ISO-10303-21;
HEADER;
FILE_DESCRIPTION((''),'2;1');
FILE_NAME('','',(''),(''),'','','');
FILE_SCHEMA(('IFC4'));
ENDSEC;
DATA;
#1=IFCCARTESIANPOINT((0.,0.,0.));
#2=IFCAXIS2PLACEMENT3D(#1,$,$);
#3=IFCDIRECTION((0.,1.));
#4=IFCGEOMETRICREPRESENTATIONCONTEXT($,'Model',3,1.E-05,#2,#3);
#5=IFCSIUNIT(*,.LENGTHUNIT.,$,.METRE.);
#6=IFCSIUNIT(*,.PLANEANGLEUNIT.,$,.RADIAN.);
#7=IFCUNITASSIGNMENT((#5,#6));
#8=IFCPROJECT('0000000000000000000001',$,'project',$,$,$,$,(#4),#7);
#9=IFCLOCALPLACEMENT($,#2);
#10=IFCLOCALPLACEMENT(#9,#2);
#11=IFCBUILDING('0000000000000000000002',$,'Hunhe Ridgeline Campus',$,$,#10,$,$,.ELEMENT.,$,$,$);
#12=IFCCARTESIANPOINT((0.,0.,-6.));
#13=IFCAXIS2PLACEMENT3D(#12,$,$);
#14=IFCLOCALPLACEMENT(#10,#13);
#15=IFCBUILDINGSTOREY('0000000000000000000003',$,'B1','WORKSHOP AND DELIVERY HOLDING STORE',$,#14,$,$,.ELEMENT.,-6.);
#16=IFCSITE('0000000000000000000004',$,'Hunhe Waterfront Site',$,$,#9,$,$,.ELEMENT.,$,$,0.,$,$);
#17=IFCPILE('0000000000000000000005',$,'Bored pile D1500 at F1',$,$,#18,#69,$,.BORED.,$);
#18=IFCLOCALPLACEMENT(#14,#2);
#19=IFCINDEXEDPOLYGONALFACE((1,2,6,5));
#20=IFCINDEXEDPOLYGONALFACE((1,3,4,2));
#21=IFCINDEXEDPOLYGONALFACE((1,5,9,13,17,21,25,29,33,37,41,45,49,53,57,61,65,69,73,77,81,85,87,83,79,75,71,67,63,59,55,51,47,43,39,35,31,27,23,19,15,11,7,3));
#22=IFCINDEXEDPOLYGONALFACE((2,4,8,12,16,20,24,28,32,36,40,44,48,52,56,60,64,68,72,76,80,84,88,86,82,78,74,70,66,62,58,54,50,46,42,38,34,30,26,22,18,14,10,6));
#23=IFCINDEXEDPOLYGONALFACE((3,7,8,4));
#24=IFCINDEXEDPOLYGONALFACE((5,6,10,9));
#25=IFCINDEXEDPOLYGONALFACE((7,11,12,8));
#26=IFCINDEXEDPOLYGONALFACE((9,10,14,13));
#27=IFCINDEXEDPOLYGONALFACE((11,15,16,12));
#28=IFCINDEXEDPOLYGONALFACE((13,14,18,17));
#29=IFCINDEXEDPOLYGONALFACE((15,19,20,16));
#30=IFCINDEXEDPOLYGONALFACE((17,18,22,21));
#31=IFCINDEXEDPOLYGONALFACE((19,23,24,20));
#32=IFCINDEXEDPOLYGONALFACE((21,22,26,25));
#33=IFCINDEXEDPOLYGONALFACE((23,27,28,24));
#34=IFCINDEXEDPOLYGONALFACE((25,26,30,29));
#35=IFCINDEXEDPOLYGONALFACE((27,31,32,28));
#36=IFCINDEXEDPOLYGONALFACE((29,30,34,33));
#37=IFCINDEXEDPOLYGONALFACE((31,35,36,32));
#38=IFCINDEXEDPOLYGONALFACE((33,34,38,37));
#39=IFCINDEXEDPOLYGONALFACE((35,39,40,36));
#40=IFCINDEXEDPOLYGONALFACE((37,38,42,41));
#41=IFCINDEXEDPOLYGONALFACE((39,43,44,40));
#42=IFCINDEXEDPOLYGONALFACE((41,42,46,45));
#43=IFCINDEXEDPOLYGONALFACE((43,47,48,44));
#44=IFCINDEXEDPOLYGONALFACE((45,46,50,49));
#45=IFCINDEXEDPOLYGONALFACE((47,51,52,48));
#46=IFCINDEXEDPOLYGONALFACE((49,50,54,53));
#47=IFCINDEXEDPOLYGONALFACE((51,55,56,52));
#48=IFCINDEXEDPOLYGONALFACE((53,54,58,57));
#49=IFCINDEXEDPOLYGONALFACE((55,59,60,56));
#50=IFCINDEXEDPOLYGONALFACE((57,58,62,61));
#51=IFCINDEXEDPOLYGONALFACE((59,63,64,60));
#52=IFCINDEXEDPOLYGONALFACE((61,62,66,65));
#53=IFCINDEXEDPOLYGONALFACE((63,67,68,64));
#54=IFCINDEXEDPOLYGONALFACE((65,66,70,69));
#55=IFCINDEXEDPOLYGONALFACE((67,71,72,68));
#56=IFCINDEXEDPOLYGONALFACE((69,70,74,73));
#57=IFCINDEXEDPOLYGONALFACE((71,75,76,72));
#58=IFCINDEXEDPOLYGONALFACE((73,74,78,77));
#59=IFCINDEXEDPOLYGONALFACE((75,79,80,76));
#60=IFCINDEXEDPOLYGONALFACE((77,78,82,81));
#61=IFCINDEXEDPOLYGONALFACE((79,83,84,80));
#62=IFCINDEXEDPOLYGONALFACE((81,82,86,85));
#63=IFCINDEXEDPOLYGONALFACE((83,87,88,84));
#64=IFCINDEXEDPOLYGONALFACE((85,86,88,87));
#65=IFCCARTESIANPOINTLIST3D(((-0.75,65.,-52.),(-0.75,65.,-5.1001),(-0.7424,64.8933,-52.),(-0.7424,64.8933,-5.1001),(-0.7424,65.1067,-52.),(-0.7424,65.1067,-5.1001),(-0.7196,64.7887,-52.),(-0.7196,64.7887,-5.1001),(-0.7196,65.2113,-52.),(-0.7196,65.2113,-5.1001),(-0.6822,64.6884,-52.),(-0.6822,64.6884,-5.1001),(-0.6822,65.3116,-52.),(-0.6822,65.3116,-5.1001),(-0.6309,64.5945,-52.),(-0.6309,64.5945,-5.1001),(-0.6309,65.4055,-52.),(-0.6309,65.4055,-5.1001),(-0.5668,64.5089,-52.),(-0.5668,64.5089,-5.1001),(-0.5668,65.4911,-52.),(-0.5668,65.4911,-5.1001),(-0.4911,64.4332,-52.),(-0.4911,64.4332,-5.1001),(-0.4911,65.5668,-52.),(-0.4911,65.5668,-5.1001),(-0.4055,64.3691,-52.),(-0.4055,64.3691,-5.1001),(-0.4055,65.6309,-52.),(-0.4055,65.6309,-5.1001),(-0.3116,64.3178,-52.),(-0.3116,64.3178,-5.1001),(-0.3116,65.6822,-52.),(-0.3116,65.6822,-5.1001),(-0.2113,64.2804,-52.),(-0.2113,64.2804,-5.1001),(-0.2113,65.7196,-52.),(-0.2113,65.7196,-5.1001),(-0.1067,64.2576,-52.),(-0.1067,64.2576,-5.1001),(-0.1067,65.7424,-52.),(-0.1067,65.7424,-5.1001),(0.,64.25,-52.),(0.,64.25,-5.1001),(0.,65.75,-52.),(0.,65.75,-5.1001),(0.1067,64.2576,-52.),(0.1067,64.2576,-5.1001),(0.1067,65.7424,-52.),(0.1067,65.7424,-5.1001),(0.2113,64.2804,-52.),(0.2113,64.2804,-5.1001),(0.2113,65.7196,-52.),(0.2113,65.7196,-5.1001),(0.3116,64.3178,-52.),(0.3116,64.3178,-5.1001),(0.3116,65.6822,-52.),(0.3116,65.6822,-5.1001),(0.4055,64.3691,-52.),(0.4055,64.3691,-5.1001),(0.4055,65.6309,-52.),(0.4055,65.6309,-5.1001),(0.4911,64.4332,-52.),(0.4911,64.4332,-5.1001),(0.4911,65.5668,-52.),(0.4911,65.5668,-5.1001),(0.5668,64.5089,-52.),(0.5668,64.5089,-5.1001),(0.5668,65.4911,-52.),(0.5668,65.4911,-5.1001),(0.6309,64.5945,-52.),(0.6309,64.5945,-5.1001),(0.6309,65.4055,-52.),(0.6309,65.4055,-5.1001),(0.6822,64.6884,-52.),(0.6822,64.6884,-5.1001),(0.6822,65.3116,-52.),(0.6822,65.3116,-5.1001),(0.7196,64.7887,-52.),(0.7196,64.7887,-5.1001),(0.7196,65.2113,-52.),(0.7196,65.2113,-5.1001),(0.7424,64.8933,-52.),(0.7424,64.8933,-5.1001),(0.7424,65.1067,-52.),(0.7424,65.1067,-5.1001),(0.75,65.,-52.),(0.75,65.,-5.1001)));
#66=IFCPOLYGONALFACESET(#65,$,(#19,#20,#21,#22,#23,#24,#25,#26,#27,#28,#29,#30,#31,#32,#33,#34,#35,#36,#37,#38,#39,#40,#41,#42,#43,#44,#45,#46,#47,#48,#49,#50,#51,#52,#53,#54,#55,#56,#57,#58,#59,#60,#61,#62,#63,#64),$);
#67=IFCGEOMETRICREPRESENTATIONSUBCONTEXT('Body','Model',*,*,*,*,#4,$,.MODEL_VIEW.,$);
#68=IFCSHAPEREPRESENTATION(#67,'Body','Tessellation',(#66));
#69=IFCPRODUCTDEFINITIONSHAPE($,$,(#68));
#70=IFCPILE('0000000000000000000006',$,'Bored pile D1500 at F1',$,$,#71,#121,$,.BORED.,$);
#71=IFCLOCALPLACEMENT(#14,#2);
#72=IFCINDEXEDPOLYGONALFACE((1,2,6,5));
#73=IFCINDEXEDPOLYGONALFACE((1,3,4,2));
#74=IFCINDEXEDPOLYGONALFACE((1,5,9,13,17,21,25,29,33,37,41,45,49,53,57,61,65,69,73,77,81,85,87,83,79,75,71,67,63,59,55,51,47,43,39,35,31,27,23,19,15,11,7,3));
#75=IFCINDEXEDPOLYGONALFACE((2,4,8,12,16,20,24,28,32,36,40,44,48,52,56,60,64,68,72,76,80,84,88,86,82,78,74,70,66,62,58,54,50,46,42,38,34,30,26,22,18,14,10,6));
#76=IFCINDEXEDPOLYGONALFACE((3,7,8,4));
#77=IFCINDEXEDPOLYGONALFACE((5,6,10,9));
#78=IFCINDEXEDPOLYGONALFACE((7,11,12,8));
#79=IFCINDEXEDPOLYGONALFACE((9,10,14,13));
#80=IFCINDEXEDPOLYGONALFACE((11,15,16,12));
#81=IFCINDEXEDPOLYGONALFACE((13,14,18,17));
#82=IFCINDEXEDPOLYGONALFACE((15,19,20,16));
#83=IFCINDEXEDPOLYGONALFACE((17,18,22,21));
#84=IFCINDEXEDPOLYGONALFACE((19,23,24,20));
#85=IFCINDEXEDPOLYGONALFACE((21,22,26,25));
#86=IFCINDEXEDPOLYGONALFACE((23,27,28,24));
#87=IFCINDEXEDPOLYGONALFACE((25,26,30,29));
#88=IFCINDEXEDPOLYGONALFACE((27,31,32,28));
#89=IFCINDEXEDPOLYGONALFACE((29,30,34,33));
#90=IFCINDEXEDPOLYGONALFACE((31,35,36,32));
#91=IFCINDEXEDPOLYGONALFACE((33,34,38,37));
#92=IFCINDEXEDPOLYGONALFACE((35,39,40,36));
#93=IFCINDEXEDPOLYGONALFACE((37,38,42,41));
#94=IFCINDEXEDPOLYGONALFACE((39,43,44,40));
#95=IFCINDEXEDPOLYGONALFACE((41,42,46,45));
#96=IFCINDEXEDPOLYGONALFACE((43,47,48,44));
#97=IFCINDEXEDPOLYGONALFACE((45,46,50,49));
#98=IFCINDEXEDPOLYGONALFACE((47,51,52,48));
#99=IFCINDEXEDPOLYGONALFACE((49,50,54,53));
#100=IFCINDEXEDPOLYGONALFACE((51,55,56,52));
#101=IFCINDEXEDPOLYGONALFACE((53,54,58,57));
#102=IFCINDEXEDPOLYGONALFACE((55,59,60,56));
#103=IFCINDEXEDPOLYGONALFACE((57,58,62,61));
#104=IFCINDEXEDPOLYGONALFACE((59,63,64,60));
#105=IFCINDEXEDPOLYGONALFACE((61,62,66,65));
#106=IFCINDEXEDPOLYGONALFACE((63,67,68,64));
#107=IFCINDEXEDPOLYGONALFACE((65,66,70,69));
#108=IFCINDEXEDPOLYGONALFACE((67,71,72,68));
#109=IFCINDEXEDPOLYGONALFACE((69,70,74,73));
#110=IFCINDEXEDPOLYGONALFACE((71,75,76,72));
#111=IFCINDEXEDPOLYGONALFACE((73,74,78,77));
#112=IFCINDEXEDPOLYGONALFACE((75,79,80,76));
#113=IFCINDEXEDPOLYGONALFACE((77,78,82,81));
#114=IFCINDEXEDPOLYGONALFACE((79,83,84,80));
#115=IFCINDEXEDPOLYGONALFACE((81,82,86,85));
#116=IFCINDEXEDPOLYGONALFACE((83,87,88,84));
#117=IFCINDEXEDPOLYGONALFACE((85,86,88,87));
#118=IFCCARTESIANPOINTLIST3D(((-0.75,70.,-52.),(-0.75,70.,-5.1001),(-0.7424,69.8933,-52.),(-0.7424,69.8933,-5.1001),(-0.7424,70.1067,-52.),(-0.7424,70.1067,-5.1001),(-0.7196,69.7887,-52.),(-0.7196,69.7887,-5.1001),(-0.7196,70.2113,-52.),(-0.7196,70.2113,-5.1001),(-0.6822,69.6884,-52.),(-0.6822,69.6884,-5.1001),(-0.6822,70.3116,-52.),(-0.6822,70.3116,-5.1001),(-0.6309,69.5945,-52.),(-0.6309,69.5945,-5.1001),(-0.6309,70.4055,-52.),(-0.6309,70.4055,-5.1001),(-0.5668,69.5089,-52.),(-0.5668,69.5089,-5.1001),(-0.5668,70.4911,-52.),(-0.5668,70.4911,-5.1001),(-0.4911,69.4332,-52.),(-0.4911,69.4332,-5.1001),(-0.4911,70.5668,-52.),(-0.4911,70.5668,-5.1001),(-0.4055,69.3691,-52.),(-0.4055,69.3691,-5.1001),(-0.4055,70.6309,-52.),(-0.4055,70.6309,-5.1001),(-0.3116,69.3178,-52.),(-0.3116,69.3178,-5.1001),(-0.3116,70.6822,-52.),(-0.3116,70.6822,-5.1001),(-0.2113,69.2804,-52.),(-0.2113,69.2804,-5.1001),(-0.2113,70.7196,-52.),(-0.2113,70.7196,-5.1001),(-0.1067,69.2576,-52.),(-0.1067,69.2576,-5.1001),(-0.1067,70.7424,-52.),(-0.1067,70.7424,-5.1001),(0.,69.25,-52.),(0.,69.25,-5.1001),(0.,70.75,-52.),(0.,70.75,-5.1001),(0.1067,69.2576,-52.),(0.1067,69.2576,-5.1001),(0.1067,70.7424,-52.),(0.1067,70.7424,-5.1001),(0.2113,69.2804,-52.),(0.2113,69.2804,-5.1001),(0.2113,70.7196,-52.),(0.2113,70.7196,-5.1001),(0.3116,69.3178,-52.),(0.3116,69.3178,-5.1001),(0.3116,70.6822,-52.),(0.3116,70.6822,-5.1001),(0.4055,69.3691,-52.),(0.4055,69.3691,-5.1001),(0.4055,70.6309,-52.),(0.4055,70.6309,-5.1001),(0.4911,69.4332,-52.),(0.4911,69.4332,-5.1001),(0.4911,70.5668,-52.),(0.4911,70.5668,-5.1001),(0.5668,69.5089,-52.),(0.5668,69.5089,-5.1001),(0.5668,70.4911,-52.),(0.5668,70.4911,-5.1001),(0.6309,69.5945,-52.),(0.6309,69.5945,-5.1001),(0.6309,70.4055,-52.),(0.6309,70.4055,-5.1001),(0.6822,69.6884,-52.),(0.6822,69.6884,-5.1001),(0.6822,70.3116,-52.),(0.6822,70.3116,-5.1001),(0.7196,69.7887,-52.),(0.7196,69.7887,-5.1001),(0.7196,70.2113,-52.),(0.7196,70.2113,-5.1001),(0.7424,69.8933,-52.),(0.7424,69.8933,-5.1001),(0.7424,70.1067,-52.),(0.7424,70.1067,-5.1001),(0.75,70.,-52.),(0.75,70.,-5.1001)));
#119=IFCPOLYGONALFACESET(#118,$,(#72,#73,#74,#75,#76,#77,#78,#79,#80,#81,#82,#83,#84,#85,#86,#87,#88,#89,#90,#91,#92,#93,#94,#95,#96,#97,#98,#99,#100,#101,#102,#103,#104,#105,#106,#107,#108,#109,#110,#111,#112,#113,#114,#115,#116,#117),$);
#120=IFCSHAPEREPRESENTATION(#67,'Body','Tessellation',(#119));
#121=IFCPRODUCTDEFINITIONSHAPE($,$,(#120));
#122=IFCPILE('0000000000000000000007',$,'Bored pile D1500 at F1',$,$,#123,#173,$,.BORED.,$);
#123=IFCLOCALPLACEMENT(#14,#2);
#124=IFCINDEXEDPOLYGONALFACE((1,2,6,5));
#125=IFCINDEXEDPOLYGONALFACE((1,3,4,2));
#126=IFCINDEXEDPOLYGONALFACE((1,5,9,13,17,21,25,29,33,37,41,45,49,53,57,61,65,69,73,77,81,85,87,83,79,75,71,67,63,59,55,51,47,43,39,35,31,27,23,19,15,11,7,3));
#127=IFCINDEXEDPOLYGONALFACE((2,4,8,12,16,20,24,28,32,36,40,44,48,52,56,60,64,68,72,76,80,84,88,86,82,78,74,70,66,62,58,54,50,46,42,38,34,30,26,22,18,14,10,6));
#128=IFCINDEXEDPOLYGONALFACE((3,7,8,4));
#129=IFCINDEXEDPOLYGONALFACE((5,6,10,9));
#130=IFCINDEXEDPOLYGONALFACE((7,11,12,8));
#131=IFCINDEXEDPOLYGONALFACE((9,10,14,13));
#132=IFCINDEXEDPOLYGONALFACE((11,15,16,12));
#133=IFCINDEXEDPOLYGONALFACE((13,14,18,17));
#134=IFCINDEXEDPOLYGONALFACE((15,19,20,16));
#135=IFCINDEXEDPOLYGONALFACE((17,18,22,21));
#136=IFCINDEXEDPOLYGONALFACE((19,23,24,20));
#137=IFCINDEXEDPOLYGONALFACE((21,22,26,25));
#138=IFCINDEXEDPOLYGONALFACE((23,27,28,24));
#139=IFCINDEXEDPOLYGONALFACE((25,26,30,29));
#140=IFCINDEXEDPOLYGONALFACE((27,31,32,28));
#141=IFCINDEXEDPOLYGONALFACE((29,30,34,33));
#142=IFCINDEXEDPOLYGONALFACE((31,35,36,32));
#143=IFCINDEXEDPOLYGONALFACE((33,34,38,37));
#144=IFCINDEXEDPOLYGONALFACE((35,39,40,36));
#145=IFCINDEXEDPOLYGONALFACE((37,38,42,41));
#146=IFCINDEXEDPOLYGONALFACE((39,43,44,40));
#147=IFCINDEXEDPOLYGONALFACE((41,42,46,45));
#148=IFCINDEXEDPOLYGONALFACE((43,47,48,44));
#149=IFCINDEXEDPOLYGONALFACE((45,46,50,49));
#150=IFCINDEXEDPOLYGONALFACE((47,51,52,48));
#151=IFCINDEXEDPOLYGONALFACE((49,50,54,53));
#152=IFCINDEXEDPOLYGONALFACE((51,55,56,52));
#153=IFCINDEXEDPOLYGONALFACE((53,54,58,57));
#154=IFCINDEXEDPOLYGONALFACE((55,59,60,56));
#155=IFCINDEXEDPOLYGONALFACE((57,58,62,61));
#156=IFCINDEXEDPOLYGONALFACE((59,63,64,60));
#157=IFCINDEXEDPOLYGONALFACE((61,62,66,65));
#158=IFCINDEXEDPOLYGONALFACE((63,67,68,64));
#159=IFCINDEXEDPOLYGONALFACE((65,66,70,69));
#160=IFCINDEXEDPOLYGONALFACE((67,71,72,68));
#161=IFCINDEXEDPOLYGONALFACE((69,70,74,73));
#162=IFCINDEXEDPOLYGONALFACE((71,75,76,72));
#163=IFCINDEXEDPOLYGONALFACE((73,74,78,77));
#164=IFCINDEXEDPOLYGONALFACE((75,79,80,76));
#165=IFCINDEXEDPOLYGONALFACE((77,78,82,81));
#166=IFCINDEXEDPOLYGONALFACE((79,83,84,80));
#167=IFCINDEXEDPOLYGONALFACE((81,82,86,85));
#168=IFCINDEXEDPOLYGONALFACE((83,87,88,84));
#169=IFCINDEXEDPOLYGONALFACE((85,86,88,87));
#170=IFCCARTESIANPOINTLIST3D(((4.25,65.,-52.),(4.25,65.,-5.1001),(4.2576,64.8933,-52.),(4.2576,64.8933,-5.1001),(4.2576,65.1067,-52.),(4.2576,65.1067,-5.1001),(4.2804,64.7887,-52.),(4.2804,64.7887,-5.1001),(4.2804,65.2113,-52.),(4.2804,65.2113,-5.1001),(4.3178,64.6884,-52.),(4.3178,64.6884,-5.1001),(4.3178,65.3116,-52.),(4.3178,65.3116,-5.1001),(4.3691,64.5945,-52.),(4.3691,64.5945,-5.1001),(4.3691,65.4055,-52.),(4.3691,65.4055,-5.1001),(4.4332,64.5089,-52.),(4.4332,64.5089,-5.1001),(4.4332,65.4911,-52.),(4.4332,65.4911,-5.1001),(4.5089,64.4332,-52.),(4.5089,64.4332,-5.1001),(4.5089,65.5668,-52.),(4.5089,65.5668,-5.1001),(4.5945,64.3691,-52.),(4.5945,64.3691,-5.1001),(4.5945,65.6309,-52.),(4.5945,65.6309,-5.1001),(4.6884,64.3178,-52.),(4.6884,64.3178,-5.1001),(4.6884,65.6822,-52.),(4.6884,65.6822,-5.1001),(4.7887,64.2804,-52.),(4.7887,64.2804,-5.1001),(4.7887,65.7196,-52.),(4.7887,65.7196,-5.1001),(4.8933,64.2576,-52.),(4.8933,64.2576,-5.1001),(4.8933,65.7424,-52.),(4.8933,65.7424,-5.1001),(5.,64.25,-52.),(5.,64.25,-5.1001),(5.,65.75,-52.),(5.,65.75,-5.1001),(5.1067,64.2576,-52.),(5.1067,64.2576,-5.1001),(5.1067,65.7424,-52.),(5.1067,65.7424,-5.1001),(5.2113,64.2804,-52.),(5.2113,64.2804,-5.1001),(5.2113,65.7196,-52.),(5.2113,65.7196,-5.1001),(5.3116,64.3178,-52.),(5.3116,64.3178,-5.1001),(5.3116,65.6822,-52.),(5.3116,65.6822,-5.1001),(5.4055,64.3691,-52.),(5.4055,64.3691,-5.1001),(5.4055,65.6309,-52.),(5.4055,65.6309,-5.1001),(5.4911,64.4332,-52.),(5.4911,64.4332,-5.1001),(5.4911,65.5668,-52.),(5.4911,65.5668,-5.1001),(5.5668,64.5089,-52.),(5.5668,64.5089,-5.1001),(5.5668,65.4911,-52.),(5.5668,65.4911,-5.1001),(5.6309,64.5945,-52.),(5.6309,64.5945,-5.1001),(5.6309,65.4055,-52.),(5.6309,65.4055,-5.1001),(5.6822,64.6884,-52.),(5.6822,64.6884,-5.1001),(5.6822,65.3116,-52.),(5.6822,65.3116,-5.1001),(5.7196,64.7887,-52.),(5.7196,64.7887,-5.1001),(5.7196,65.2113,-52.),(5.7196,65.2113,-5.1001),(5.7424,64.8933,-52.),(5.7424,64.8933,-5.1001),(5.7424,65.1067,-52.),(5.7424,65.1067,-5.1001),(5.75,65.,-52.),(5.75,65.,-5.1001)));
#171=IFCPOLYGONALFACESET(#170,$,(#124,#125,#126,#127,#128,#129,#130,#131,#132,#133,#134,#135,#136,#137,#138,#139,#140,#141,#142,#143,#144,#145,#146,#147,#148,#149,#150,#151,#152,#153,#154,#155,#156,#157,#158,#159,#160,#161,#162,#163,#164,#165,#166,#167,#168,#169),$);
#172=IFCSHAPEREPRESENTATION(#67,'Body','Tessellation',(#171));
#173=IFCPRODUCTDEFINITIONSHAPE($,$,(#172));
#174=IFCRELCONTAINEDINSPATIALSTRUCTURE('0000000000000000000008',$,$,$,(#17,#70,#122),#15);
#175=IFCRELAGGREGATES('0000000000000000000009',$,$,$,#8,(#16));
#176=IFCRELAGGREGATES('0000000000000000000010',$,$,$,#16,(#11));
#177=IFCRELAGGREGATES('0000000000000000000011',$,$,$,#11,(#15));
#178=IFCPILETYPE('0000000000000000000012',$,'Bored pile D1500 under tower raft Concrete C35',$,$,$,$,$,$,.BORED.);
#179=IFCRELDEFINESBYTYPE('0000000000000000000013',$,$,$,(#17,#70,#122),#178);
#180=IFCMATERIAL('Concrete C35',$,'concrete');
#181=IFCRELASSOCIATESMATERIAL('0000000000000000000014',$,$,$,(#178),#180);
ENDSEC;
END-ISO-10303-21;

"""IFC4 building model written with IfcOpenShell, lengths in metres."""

from ifc_helpers import new_model, si_unit, direction, frame, origin, origin_2d, place, context, subcontext, project, spatial, circle, extrude, material, material_profile, profile_set, type_object, element, save


model = new_model("IFC4")

# Units and contexts
model_context = context("Model", 3, precision=1e-05, world=origin(), true_north=direction((0.0, 1.0)))
body_context = subcontext(model_context, "Body", "Model", "MODEL_VIEW")
ifc_project = project(units=[si_unit("LENGTHUNIT", "METRE"), si_unit("PLANEANGLEUNIT", "RADIAN")], contexts=[model_context])

# Site, building, storey
site_placement = place(None, origin())
site = spatial("IfcSite", under=ifc_project, at=site_placement, Name="Hunhe Waterfront Site", CompositionType="ELEMENT", RefElevation=0.0)
building_placement = place(site_placement, origin())
building = spatial("IfcBuilding", under=site, at=building_placement, Name="Hunhe Ridgeline Campus", CompositionType="ELEMENT")
storey_placement = place(building_placement, frame((0.0, 0.0, -6.0)))
storey = spatial("IfcBuildingStorey", under=building, at=storey_placement, Name="B1", Description="WORKSHOP AND DELIVERY HOLDING STORE", CompositionType="ELEMENT", Elevation=-6.0)

# Piles
ifc_material_1 = material(Name="Concrete C35", Category="concrete")
ifc_material_profile = material_profile(ifc_material_1, circle(Radius=0.75, at=origin_2d()))
ifc_profile_set = profile_set([ifc_material_profile], Name="Concrete C35")
pile_type = type_object("IfcPileType", Name="Bored pile D1500 under tower raft Concrete C35", PredefinedType="BORED", material=ifc_profile_set)
for number, where, z_axis, x_axis, name in (
    (1, (0.0, 65.0, -5.1001), (0.0, 0.0, -1.0), (1.0, 0.0, 0.0), "Bored pile D1500 at F1"),
    (2, (0.0, 70.0, -5.1001), (0.0, 0.0, -1.0), (1.0, 0.0, 0.0), "Bored pile D1500 at F1"),
    (3, (5.0, 65.0, -5.1001), (0.0, 0.0, -1.0), (1.0, 0.0, 0.0), "Bored pile D1500 at F1"),
):
    element("IfcPile", number, at=place(storey_placement, frame(where, z_axis=z_axis, x_axis=x_axis)), inside=storey, type_object=pile_type, Name=name, PredefinedType="BORED", context=body_context, shape_type="SweptSolid", body=[
        extrude(circle(Radius=0.75, at=origin_2d()), origin(), (0.0, 0.0, 1.0), 46.8999),
    ])

save(model, "model.ifc")
